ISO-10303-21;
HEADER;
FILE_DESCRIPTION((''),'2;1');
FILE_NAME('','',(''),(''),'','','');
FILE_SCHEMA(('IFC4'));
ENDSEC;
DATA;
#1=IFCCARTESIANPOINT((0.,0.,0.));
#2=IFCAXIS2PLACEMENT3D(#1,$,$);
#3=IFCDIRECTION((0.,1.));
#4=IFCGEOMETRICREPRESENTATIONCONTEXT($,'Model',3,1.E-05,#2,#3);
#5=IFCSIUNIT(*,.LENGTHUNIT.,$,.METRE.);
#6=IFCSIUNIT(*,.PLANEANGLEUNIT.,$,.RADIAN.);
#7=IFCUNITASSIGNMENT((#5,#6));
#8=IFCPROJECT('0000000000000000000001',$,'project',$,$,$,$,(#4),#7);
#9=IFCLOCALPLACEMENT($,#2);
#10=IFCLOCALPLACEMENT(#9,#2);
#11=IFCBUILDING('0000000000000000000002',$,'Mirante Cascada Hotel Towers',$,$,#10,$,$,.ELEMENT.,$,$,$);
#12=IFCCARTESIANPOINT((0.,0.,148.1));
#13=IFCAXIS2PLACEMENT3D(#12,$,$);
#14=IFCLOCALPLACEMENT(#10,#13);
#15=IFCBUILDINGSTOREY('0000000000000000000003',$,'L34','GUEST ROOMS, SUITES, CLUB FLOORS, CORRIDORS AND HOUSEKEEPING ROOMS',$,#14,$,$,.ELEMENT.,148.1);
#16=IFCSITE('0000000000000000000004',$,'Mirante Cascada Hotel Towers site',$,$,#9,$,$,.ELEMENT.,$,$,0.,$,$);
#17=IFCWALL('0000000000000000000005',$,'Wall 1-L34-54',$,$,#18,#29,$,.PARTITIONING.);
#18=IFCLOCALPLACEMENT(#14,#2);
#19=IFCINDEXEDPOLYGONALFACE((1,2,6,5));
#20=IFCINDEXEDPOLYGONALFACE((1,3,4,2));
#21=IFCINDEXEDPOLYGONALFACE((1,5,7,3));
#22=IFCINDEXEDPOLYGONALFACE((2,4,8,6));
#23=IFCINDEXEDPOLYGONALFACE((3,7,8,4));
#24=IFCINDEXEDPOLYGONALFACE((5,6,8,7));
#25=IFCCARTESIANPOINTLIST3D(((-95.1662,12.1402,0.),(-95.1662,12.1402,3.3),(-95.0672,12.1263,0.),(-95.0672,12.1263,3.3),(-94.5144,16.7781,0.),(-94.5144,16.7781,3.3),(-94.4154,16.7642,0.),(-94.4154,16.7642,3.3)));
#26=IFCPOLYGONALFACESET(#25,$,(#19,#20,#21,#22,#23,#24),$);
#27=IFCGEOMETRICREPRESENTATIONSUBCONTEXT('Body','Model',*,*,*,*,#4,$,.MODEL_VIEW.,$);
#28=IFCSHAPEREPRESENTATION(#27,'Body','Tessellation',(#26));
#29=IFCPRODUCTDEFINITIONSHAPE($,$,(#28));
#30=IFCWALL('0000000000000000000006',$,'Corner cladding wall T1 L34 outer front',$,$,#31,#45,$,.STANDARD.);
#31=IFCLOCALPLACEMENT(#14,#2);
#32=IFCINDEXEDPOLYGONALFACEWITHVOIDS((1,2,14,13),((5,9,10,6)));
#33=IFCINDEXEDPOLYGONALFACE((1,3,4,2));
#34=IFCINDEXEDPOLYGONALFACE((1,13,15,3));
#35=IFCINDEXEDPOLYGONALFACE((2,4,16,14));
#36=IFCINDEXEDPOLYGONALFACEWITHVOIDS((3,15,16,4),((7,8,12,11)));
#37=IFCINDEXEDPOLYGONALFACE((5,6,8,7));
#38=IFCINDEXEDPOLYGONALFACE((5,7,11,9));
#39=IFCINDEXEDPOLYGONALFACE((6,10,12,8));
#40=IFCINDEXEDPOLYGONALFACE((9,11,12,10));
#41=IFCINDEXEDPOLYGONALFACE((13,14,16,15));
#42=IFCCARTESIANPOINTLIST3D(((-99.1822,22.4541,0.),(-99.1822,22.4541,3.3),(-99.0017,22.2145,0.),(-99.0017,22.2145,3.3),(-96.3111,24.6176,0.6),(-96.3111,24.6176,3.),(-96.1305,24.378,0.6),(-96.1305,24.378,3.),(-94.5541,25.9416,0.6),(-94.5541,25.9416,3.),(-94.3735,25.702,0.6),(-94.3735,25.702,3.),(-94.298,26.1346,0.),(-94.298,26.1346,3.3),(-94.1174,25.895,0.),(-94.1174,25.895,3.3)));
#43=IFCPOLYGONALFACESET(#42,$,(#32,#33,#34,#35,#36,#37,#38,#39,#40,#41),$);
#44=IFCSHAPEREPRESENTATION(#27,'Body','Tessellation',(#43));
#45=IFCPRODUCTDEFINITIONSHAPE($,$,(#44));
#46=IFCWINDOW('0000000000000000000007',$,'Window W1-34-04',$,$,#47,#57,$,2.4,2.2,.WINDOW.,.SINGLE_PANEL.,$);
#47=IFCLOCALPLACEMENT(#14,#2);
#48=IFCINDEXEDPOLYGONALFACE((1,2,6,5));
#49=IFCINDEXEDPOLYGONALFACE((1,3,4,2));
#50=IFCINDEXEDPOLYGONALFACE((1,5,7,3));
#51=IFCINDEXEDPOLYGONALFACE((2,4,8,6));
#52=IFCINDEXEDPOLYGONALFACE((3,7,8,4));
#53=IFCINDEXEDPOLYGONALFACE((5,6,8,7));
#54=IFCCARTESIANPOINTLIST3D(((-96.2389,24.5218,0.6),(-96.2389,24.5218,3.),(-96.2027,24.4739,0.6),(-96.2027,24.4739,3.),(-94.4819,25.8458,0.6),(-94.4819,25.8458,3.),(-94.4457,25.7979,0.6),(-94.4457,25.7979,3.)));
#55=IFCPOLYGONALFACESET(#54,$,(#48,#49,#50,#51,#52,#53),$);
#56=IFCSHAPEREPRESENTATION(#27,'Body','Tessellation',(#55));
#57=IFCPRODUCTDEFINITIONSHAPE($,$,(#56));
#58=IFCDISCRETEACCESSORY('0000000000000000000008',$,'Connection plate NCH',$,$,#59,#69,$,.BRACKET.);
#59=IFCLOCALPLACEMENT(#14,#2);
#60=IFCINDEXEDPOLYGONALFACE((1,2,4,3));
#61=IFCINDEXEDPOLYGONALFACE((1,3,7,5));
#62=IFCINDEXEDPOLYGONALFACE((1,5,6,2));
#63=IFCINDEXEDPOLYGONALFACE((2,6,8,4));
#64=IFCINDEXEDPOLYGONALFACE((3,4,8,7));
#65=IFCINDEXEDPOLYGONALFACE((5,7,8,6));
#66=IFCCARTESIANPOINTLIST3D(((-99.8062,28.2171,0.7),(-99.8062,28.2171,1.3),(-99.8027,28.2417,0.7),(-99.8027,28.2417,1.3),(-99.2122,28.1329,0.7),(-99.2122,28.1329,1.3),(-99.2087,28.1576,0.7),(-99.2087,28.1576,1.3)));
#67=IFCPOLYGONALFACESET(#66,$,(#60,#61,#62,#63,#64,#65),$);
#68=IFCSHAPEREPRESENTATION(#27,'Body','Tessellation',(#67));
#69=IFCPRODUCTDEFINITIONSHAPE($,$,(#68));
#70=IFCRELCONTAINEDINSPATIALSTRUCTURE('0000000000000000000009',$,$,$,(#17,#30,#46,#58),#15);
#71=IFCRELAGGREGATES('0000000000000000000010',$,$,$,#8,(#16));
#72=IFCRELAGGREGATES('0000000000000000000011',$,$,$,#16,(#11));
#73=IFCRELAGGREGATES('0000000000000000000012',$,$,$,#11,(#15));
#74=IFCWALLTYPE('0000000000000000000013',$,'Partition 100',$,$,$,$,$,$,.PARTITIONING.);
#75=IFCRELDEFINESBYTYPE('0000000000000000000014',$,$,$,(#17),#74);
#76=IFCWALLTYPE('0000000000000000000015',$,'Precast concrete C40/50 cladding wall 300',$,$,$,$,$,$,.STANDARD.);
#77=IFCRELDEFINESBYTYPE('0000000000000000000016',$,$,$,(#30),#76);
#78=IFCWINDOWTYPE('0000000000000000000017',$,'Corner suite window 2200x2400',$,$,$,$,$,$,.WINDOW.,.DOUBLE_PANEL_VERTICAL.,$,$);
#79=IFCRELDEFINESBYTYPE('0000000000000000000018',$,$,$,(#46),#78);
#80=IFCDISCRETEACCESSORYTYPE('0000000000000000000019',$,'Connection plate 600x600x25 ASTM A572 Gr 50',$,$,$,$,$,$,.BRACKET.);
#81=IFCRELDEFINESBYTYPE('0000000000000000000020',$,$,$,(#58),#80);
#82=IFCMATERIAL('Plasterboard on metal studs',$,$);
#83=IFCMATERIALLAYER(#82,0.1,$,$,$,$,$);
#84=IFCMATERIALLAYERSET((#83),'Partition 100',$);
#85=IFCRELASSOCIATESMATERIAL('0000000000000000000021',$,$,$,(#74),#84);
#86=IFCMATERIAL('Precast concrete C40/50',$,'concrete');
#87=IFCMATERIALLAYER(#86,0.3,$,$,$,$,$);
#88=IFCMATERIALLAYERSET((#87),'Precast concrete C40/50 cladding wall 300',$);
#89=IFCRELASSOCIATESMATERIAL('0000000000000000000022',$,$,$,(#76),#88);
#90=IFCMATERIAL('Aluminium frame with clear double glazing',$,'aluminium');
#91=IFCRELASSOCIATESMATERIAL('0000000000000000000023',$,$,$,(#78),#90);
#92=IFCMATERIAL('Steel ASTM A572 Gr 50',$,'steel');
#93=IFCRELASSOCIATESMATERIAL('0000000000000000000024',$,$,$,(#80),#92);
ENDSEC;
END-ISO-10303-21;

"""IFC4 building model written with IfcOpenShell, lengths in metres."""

from ifc_helpers import new_model, si_unit, direction, frame, frame_2d, origin, origin_2d, place, context, subcontext, project, spatial, rectangle, extrude, material, layer, layer_set, material_profile, profile_set, type_object, element, fill, save


model = new_model("IFC4")

# Units and contexts
model_context = context("Model", 3, precision=1e-05, world=origin(), true_north=direction((0.0, 1.0)))
body_context = subcontext(model_context, "Body", "Model", "MODEL_VIEW")
ifc_project = project(units=[si_unit("LENGTHUNIT", "METRE"), si_unit("PLANEANGLEUNIT", "RADIAN")], contexts=[model_context])

# Site, building, storey
site_placement = place(None, origin())
site = spatial("IfcSite", under=ifc_project, at=site_placement, Name="Mirante Cascada Hotel Towers site", CompositionType="ELEMENT", RefElevation=0.0)
building_placement = place(site_placement, origin())
building = spatial("IfcBuilding", under=site, at=building_placement, Name="Mirante Cascada Hotel Towers", CompositionType="ELEMENT")
storey_placement = place(building_placement, frame((0.0, 0.0, 148.1)))
storey = spatial("IfcBuildingStorey", under=building, at=storey_placement, Name="L34", Description="GUEST ROOMS, SUITES, CLUB FLOORS, CORRIDORS AND HOUSEKEEPING ROOMS", CompositionType="ELEMENT", Elevation=148.1)

# Wall
ifc_material_1 = material(Name="Plasterboard on metal studs")
ifc_layer_1 = layer(ifc_material_1, 0.1)
ifc_layer_set_1 = layer_set([ifc_layer_1], Name="Partition 100")
wall_type_1 = type_object("IfcWallType", Name="Partition 100", PredefinedType="PARTITIONING", material=ifc_layer_set_1)
wall_1_placement = place(storey_placement, frame((-94.4649, 16.7712, 0.0), z_axis=(0.0, 0.0, 1.0), x_axis=(-0.13917, -0.990268, 0.0)))
element("IfcWall", 1, at=wall_1_placement, inside=storey, type_object=wall_type_1, Name="Wall 1-L34-54", PredefinedType="PARTITIONING", context=body_context, shape_type="SweptSolid", body=[
    extrude(rectangle(XDim=4.6835, YDim=0.1, at=frame_2d((2.3418, 0.0))), origin(), (0.0, 0.0, 1.0), 3.3),
])

# Wall, opening, window
ifc_material_2 = material(Name="Precast concrete C40/50", Category="concrete")
ifc_layer_2 = layer(ifc_material_2, 0.3)
ifc_layer_set_2 = layer_set([ifc_layer_2], Name="Precast concrete C40/50 cladding wall 300")
wall_type_2 = type_object("IfcWallType", Name="Precast concrete C40/50 cladding wall 300", PredefinedType="STANDARD", material=ifc_layer_set_2)
wall_2_placement = place(storey_placement, frame((-99.0919, 22.3343, 0.0), z_axis=(0.0, 0.0, 1.0), x_axis=(0.798636, 0.601814, 0.0)))
wall_2 = element("IfcWall", 2, at=wall_2_placement, inside=storey, type_object=wall_type_2, Name="Corner cladding wall T1 L34 outer front", PredefinedType="STANDARD", context=body_context, shape_type="SweptSolid", body=[
    extrude(rectangle(XDim=6.1157, YDim=0.3, at=frame_2d((3.0578, 0.0))), origin(), (0.0, 0.0, 1.0), 3.3),
])
opening_placement = place(wall_2_placement, frame((3.595, 0.0, 0.6)))
opening = element("IfcOpeningElement", 3, at=opening_placement, cuts=wall_2, PredefinedType="OPENING", context=body_context, shape_type="SweptSolid", body=[
    extrude(rectangle(XDim=2.2, YDim=2.4, at=frame_2d((1.1, 1.2))), frame((0.0, 0.15, 0.0), z_axis=(0.0, -1.0, 0.0), x_axis=(1.0, 0.0, 0.0)), (0.0, 0.0, 1.0), 0.3),
])
ifc_material_3 = material(Name="Aluminium frame with clear double glazing", Category="aluminium")
window_type = type_object("IfcWindowType", Name="Corner suite window 2200x2400", PartitioningType="DOUBLE_PANEL_VERTICAL", PredefinedType="WINDOW", material=ifc_material_3)
window_placement = place(opening_placement, origin())
window = element("IfcWindow", 4, at=window_placement, inside=storey, type_object=window_type, Name="Window W1-34-04", OverallHeight=2.4, OverallWidth=2.2, PartitioningType="SINGLE_PANEL", PredefinedType="WINDOW", context=body_context, shape_type="SweptSolid", body=[
    extrude(rectangle(XDim=2.2, YDim=2.4, at=frame_2d((1.1, 1.2))), frame((0.0, 0.03, 0.0), z_axis=(0.0, -1.0, 0.0), x_axis=(1.0, 0.0, 0.0)), (0.0, 0.0, 1.0), 0.06),
])
fill(opening, window)

# Discrete accessory
ifc_material_4 = material(Name="Steel ASTM A572 Gr 50", Category="steel")
ifc_material_profile_1 = material_profile(ifc_material_4, rectangle(XDim=0.6, YDim=0.6, at=origin_2d()), Name="Connection plate 600x600x25 ASTM A572 Gr 50")
ifc_profile_set_1 = profile_set([ifc_material_profile_1], Name="Steel ASTM A572 Gr 50")
discrete_accessory_type = type_object("IfcDiscreteAccessoryType", Name="Connection plate 600x600x25 ASTM A572 Gr 50", PredefinedType="BRACKET", material=ifc_profile_set_1)
discrete_accessory_placement = place(storey_placement, frame((-99.5092, 28.175, 1.0), z_axis=(0.140299, 0.990109, 0.0), x_axis=(-0.990109, 0.140299, 0.0)))
element("IfcDiscreteAccessory", 5, at=discrete_accessory_placement, inside=storey, type_object=discrete_accessory_type, Name="Connection plate NCH", PredefinedType="BRACKET", context=body_context, shape_type="SweptSolid", body=[
    extrude(rectangle(XDim=0.6, YDim=0.6, at=origin_2d()), origin(), (0.0, 0.0, 1.0), 0.0249),
])

save(model, "model.ifc")
